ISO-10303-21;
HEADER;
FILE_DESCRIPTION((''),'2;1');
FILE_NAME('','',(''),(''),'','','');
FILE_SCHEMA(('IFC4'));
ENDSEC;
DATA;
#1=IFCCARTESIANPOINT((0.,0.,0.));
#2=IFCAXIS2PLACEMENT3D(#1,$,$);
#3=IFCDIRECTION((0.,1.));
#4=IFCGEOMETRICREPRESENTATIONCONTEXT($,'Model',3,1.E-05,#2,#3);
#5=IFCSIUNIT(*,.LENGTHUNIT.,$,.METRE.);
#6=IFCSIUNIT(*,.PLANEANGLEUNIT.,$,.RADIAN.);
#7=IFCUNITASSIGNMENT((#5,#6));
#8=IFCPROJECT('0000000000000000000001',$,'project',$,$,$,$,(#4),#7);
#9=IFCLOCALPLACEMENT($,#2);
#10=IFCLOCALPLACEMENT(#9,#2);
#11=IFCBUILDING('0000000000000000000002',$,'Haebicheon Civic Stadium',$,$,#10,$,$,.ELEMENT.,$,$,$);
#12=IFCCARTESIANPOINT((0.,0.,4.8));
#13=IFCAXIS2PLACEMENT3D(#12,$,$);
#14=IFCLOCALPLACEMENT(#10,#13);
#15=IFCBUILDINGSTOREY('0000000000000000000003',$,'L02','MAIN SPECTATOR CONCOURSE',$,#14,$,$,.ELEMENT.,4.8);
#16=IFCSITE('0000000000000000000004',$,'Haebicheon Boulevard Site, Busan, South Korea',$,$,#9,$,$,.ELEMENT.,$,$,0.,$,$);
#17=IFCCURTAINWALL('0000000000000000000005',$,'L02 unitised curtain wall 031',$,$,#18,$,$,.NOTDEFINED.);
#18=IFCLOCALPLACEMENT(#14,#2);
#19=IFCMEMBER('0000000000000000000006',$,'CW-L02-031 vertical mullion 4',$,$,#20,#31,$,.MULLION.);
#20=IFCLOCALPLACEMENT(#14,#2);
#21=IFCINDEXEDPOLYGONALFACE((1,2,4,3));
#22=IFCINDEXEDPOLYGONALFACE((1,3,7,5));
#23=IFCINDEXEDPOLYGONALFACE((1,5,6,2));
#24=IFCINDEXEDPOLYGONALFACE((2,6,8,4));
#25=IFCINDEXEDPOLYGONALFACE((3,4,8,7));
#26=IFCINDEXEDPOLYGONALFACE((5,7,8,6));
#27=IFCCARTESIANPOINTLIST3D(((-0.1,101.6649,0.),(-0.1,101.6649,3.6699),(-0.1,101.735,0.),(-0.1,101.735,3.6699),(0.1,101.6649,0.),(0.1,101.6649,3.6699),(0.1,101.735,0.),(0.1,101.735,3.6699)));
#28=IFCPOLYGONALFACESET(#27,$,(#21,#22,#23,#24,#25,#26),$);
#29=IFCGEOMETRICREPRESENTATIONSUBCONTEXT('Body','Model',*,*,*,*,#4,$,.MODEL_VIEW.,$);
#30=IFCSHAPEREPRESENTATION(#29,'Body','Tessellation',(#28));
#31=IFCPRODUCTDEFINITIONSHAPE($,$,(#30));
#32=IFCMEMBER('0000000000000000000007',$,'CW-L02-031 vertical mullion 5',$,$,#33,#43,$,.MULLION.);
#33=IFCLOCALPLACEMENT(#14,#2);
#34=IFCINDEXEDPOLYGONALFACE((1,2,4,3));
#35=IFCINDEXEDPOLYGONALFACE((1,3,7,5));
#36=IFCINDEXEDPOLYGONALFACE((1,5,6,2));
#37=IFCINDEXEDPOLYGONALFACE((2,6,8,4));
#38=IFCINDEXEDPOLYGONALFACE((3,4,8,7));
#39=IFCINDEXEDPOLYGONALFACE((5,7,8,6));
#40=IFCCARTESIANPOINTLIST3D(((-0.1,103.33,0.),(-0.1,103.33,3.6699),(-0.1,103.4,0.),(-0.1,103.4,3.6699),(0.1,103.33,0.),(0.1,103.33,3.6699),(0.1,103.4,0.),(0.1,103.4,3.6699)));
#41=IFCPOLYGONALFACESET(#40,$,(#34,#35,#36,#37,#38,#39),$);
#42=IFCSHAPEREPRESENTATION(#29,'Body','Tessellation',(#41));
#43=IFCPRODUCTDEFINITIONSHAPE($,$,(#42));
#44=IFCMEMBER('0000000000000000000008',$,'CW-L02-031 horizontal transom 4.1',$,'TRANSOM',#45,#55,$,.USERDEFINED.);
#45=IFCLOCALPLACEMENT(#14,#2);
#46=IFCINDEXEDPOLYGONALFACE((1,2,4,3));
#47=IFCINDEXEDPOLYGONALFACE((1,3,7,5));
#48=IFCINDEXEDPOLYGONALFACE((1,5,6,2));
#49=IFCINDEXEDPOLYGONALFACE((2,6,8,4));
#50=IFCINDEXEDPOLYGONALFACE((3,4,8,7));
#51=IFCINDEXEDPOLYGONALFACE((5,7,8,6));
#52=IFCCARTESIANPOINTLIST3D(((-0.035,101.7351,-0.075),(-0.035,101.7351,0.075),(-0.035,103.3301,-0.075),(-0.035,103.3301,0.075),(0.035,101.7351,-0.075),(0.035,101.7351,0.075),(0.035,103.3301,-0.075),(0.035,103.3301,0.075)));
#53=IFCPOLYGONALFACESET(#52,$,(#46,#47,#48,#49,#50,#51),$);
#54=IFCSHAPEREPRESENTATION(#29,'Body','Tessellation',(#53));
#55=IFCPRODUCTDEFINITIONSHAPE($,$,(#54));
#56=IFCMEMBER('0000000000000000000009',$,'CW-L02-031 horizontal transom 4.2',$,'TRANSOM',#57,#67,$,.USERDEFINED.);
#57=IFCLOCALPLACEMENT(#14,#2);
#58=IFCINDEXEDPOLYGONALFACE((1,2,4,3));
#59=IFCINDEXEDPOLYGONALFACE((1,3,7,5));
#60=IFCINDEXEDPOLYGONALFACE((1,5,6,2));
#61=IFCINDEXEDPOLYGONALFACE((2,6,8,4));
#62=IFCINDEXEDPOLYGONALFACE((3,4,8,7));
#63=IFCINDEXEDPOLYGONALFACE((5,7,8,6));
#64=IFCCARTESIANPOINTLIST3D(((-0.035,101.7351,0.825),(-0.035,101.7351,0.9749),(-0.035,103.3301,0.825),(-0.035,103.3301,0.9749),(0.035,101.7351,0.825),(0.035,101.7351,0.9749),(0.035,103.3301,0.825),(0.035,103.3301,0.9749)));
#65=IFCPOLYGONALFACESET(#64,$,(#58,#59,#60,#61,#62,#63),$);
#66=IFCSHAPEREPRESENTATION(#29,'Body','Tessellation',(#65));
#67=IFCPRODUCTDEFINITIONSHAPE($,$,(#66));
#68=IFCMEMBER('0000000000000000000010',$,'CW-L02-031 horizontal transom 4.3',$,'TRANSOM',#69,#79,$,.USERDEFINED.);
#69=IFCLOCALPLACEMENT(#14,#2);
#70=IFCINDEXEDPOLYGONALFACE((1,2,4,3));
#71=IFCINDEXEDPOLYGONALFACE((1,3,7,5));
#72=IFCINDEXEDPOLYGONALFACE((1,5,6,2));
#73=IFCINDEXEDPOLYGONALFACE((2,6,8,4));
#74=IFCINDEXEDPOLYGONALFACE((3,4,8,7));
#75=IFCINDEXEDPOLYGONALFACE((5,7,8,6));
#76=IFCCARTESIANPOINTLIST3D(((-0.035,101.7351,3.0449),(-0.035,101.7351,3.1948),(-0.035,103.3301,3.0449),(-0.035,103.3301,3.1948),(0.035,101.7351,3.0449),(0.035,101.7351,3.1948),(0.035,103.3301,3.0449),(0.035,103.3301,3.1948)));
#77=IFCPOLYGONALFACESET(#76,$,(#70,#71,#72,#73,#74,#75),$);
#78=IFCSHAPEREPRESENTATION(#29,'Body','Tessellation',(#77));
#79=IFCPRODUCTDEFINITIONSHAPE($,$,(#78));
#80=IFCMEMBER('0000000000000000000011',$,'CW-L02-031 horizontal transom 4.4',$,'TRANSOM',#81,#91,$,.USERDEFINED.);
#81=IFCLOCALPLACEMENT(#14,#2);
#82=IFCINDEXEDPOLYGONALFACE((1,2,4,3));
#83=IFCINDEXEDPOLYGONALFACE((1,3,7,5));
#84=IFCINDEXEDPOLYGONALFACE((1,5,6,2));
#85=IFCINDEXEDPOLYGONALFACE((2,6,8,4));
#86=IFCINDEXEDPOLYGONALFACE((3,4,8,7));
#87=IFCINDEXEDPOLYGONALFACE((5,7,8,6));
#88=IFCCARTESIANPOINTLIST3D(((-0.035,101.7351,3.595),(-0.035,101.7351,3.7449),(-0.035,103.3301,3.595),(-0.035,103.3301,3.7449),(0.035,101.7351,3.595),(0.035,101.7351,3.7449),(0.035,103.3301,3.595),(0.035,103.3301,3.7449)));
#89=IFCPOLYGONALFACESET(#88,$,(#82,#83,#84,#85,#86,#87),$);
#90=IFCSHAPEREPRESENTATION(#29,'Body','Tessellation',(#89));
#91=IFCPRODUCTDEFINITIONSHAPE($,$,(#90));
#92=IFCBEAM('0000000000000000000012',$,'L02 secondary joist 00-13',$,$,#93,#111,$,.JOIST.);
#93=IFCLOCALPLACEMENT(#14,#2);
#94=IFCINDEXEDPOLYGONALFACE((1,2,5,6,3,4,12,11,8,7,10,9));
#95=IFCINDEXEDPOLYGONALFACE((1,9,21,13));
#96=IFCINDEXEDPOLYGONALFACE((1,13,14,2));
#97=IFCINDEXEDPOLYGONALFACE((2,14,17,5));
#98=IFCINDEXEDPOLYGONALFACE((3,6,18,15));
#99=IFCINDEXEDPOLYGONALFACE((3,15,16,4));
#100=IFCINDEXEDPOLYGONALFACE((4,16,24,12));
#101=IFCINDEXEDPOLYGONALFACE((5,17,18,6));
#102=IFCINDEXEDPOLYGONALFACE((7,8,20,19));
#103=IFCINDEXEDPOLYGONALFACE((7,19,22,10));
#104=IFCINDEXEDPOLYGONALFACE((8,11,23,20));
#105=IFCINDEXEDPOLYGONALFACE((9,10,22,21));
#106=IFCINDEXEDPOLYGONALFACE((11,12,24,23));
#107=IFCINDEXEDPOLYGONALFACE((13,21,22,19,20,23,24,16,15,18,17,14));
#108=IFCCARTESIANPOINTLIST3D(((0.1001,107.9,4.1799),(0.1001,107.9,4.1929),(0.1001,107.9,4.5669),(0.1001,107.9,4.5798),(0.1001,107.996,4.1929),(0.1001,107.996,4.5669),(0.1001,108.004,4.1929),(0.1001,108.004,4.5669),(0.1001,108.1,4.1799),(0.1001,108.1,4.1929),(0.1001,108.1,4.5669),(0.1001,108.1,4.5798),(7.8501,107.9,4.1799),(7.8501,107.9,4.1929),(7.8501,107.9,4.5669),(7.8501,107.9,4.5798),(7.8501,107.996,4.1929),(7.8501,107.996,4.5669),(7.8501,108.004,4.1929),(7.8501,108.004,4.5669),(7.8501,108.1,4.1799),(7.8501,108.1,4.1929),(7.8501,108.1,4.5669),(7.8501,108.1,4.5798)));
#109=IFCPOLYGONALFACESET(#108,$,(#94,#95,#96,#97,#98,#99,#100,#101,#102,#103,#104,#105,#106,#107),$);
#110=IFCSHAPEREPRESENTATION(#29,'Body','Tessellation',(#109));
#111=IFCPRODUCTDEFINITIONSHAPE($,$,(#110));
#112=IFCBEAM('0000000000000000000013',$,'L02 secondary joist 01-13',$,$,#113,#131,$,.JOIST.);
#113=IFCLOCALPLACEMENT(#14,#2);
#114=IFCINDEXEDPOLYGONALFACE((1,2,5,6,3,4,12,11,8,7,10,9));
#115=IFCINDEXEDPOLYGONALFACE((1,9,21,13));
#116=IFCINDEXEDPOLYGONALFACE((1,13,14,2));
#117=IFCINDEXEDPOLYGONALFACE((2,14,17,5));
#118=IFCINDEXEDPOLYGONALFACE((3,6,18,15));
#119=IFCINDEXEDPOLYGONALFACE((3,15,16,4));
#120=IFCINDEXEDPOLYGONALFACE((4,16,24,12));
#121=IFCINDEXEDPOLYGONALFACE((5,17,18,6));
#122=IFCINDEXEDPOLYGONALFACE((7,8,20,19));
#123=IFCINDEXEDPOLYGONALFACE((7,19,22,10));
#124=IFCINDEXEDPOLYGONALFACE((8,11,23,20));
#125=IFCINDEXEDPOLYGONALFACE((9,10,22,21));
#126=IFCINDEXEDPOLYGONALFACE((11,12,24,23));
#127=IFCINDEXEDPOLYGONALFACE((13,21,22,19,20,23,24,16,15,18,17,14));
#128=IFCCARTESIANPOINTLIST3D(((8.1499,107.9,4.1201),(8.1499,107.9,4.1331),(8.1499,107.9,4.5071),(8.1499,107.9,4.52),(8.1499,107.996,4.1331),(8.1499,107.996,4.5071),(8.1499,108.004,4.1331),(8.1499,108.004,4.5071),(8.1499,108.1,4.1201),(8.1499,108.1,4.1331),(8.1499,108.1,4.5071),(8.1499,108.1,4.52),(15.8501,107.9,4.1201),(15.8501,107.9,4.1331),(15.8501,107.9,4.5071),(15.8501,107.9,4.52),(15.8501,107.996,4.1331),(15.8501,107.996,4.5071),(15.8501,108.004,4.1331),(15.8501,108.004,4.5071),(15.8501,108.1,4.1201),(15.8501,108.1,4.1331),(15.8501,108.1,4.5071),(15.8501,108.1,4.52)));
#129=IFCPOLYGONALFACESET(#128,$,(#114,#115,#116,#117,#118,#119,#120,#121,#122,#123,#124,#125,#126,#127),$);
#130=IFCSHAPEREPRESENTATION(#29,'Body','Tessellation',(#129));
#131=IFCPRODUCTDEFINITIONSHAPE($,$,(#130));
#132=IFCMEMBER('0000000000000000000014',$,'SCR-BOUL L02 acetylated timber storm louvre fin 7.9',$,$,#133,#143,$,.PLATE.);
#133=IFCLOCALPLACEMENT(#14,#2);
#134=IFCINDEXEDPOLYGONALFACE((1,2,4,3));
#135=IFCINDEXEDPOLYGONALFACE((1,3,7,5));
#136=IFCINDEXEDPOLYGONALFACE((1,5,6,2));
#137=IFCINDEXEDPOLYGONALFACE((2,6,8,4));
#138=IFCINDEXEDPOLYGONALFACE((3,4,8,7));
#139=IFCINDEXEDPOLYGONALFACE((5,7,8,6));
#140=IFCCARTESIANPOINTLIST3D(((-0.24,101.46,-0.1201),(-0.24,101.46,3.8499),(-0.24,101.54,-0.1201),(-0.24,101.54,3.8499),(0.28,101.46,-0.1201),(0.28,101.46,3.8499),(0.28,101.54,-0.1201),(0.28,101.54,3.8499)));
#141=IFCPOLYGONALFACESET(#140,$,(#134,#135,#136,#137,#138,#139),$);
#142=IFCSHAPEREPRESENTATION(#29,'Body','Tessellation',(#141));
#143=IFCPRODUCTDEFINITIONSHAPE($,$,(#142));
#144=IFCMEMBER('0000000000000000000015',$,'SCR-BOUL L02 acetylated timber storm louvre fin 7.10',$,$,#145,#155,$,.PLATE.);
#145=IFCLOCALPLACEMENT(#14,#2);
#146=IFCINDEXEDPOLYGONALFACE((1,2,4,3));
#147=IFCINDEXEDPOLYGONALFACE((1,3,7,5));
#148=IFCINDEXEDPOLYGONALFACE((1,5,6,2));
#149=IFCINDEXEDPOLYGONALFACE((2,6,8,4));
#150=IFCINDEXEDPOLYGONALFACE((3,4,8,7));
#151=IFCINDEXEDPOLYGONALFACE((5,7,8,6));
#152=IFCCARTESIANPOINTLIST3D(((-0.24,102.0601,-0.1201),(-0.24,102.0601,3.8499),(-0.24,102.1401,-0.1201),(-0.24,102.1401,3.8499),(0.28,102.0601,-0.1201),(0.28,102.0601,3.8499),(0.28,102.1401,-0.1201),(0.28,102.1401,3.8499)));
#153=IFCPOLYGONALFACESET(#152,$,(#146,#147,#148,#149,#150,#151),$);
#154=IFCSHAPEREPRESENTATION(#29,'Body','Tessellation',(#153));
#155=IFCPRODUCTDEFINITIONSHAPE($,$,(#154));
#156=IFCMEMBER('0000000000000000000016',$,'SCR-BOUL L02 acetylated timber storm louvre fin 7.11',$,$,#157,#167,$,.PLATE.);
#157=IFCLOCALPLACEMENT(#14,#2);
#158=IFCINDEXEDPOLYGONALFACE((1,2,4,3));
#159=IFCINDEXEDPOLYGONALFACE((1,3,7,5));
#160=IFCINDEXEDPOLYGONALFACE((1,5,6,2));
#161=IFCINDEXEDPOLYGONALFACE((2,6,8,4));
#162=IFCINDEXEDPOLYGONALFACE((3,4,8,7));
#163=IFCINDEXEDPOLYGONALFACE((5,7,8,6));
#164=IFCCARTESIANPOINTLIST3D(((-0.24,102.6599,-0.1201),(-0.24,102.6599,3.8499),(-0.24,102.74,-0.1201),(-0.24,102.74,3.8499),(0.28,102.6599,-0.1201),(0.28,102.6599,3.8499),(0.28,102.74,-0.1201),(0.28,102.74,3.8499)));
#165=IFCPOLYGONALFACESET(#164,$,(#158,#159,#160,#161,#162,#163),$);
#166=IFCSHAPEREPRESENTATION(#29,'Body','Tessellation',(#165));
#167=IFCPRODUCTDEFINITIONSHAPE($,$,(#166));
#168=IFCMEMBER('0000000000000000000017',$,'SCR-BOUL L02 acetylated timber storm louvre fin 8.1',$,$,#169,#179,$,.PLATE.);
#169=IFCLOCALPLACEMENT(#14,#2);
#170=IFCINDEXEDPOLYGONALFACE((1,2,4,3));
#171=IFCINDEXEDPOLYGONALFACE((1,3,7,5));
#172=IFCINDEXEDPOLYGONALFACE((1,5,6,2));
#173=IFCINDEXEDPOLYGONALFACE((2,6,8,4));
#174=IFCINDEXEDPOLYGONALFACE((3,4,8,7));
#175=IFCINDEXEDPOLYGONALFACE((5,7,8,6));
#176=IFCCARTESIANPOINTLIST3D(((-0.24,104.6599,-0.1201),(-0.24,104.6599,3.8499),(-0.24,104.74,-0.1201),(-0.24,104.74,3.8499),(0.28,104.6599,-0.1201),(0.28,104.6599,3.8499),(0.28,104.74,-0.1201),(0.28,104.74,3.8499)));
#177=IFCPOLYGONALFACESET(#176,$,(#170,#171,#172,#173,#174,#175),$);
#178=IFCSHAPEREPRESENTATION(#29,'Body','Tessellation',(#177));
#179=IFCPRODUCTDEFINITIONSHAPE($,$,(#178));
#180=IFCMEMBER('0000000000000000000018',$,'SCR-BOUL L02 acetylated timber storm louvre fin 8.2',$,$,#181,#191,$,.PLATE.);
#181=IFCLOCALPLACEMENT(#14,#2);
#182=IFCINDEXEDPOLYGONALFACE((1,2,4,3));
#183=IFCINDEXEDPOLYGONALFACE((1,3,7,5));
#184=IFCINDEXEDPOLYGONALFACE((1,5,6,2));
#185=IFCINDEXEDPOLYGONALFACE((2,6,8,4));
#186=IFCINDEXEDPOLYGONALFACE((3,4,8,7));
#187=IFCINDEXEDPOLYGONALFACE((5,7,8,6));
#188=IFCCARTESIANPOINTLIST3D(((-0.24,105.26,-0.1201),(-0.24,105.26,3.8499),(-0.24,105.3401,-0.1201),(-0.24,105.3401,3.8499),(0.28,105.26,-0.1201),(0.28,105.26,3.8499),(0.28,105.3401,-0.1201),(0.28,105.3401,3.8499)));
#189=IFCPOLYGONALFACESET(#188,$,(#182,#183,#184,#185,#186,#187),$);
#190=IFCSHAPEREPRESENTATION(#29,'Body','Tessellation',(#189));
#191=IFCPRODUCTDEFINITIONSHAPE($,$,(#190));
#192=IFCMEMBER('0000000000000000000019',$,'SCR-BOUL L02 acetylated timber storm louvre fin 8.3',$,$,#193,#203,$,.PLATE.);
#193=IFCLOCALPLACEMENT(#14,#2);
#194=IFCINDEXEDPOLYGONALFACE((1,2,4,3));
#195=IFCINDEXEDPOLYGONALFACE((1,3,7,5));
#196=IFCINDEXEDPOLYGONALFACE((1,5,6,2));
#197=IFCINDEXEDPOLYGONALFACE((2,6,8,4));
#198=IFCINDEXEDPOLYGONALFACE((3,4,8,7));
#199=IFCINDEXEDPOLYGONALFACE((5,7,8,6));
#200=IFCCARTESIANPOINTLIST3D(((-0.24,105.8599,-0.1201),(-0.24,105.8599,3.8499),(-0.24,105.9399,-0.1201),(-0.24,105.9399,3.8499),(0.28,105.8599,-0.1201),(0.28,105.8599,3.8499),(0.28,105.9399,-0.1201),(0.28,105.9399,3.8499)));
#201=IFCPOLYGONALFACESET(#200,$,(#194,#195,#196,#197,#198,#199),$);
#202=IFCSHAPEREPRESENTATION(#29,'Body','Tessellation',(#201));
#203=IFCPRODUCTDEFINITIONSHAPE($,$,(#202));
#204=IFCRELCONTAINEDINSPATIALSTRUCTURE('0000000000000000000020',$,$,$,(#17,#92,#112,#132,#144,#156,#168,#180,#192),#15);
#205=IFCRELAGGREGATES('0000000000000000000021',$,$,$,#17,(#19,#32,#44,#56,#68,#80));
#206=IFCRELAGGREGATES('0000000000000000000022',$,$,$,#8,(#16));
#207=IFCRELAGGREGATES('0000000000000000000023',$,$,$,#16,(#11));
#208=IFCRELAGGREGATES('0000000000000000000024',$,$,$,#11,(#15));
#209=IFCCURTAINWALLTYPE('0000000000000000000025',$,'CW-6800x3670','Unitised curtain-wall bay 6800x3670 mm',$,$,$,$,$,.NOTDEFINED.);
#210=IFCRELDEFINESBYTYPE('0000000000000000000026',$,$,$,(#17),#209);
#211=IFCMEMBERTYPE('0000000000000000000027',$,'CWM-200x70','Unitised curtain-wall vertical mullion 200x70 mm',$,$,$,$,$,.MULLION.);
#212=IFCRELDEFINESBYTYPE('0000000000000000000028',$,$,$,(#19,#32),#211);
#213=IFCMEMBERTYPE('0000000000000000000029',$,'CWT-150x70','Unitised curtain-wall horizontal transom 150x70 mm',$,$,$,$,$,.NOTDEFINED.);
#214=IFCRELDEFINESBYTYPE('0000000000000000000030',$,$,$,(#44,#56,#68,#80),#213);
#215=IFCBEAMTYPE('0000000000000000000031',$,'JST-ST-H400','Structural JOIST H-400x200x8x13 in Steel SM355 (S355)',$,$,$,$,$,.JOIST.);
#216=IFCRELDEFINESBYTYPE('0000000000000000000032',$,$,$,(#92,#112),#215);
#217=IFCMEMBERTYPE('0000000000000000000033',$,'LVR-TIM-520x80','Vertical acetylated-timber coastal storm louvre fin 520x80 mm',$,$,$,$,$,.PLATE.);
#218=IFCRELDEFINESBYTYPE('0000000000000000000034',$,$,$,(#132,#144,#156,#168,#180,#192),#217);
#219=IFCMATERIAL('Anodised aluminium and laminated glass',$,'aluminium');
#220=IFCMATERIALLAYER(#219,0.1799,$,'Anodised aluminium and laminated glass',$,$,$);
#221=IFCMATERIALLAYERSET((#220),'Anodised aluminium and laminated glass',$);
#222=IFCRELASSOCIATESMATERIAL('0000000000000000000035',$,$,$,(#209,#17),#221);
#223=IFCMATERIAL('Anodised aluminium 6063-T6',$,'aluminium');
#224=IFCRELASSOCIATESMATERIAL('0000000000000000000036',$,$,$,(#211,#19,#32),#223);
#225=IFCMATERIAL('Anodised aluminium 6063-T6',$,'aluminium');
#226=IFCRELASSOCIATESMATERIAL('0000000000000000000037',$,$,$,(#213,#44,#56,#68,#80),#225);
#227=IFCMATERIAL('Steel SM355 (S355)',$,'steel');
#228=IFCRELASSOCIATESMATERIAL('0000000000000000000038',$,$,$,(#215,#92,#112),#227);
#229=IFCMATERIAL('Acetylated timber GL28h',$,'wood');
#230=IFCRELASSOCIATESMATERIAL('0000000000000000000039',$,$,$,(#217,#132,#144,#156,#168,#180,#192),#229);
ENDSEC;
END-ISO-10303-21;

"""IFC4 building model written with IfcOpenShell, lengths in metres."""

from ifc_helpers import new_model, si_unit, direction, frame, origin, origin_2d, place, context, subcontext, project, spatial, rectangle, i_section, extrude, material, layer, layer_set, material_profile, profile_set, type_object, element, aggregate, save


model = new_model("IFC4")

# Units and contexts
model_context = context("Model", 3, precision=1e-05, world=origin(), true_north=direction((0.0, 1.0)))
body_context = subcontext(model_context, "Body", "Model", "MODEL_VIEW")
ifc_project = project(units=[si_unit("LENGTHUNIT", "METRE"), si_unit("PLANEANGLEUNIT", "RADIAN")], contexts=[model_context])

# Site, building, storey
site_placement = place(None, origin())
site = spatial("IfcSite", under=ifc_project, at=site_placement, Name="Haebicheon Boulevard Site, Busan, South Korea", CompositionType="ELEMENT", RefElevation=0.0)
building_placement = place(site_placement, origin())
building = spatial("IfcBuilding", under=site, at=building_placement, Name="Haebicheon Civic Stadium", CompositionType="ELEMENT")
storey_placement = place(building_placement, frame((0.0, 0.0, 4.8)))
storey = spatial("IfcBuildingStorey", under=building, at=storey_placement, Name="L02", Description="MAIN SPECTATOR CONCOURSE", CompositionType="ELEMENT", Elevation=4.8)

# Curtain wall, members
ifc_material_1 = material(Name="Anodised aluminium and laminated glass", Category="aluminium")
ifc_layer_1 = layer(ifc_material_1, 0.1799, Name="Anodised aluminium and laminated glass")
ifc_layer_set_1 = layer_set([ifc_layer_1], Name="Anodised aluminium and laminated glass")
curtain_wall_type = type_object("IfcCurtainWallType", Name="CW-6800x3670", Description="Unitised curtain-wall bay 6800x3670 mm", PredefinedType="NOTDEFINED", material=ifc_layer_set_1)
curtain_wall_placement = place(storey_placement, origin())
curtain_wall = element("IfcCurtainWall", 1, at=curtain_wall_placement, inside=storey, type_object=curtain_wall_type, material=ifc_layer_set_1, Name="L02 unitised curtain wall 031", PredefinedType="NOTDEFINED")
ifc_material_2 = material(Name="Anodised aluminium 6063-T6", Category="aluminium")
ifc_material_profile_1 = material_profile(ifc_material_2, rectangle(XDim=0.0701, YDim=0.2, at=origin_2d()), Name="ALU-MULL-70x200")
ifc_profile_set_1 = profile_set([ifc_material_profile_1], Name="Anodised aluminium 6063-T6")
member_type_1 = type_object("IfcMemberType", Name="CWM-200x70", Description="Unitised curtain-wall vertical mullion 200x70 mm", PredefinedType="MULLION", material=ifc_profile_set_1)
member_1_placement = place(storey_placement, frame((0.0, 101.7, 0.0), z_axis=(0.0, 0.0, 1.0), x_axis=(0.0, 1.0, 0.0)))
member_1 = element("IfcMember", 2, at=member_1_placement, type_object=member_type_1, material=ifc_profile_set_1, Name="CW-L02-031 vertical mullion 4", PredefinedType="MULLION", context=body_context, shape_type="SweptSolid", body=[
    extrude(rectangle(XDim=0.0701, YDim=0.2, at=origin_2d()), origin(), (0.0, 0.0, 1.0), 3.6699),
])
member_2_placement = place(storey_placement, frame((0.0, 103.365, 0.0), z_axis=(0.0, 0.0, 1.0), x_axis=(0.0, 1.0, 0.0)))
member_2 = element("IfcMember", 3, at=member_2_placement, type_object=member_type_1, material=ifc_profile_set_1, Name="CW-L02-031 vertical mullion 5", PredefinedType="MULLION", context=body_context, shape_type="SweptSolid", body=[
    extrude(rectangle(XDim=0.0701, YDim=0.2, at=origin_2d()), origin(), (0.0, 0.0, 1.0), 3.6699),
])
ifc_material_3 = material(Name="Anodised aluminium 6063-T6", Category="aluminium")
ifc_material_profile_2 = material_profile(ifc_material_3, rectangle(XDim=0.0701, YDim=0.1499, at=origin_2d()), Name="ALU-TRAN-70x150")
ifc_profile_set_2 = profile_set([ifc_material_profile_2], Name="Anodised aluminium 6063-T6")
member_type_2 = type_object("IfcMemberType", Name="CWT-150x70", Description="Unitised curtain-wall horizontal transom 150x70 mm", PredefinedType="NOTDEFINED", material=ifc_profile_set_2)
member_3_placement = place(storey_placement, frame((0.0, 101.7351, 0.0), z_axis=(0.0, 1.0, 0.0), x_axis=(-1.0, 0.0, 0.0)))
member_3 = element("IfcMember", 4, at=member_3_placement, type_object=member_type_2, material=ifc_profile_set_2, Name="CW-L02-031 horizontal transom 4.1", ObjectType="TRANSOM", PredefinedType="USERDEFINED", context=body_context, shape_type="SweptSolid", body=[
    extrude(rectangle(XDim=0.0701, YDim=0.1499, at=origin_2d()), origin(), (0.0, 0.0, 1.0), 1.595),
])
member_4_placement = place(storey_placement, frame((0.0, 101.7351, 0.8999), z_axis=(0.0, 1.0, 0.0), x_axis=(-1.0, 0.0, 0.0)))
member_4 = element("IfcMember", 5, at=member_4_placement, type_object=member_type_2, material=ifc_profile_set_2, Name="CW-L02-031 horizontal transom 4.2", ObjectType="TRANSOM", PredefinedType="USERDEFINED", context=body_context, shape_type="SweptSolid", body=[
    extrude(rectangle(XDim=0.0701, YDim=0.1499, at=origin_2d()), origin(), (0.0, 0.0, 1.0), 1.595),
])
member_5_placement = place(storey_placement, frame((0.0, 101.7351, 3.1199), z_axis=(0.0, 1.0, 0.0), x_axis=(-1.0, 0.0, 0.0)))
member_5 = element("IfcMember", 6, at=member_5_placement, type_object=member_type_2, material=ifc_profile_set_2, Name="CW-L02-031 horizontal transom 4.3", ObjectType="TRANSOM", PredefinedType="USERDEFINED", context=body_context, shape_type="SweptSolid", body=[
    extrude(rectangle(XDim=0.0701, YDim=0.1499, at=origin_2d()), origin(), (0.0, 0.0, 1.0), 1.595),
])
member_6_placement = place(storey_placement, frame((0.0, 101.7351, 3.6699), z_axis=(0.0, 1.0, 0.0), x_axis=(-1.0, 0.0, 0.0)))
member_6 = element("IfcMember", 7, at=member_6_placement, type_object=member_type_2, material=ifc_profile_set_2, Name="CW-L02-031 horizontal transom 4.4", ObjectType="TRANSOM", PredefinedType="USERDEFINED", context=body_context, shape_type="SweptSolid", body=[
    extrude(rectangle(XDim=0.0701, YDim=0.1499, at=origin_2d()), origin(), (0.0, 0.0, 1.0), 1.595),
])

# Beams
ifc_material_4 = material(Name="Steel SM355 (S355)", Category="steel")
ifc_material_profile_3 = material_profile(ifc_material_4, i_section(OverallWidth=0.2, OverallDepth=0.3999, WebThickness=0.0081, FlangeThickness=0.0129, at=origin_2d()), Name="H-400x200x8x13")
ifc_profile_set_3 = profile_set([ifc_material_profile_3], Name="Steel SM355 (S355)")
beam_type_1 = type_object("IfcBeamType", Name="JST-ST-H400", Description="Structural JOIST H-400x200x8x13 in Steel SM355 (S355)", PredefinedType="JOIST", material=ifc_profile_set_3)
beam_1_placement = place(storey_placement, frame((0.1001, 108.0, 4.3799), z_axis=(1.0, 0.0, 0.0), x_axis=(0.0, 1.0, 0.0)))
element("IfcBeam", 8, at=beam_1_placement, inside=storey, type_object=beam_type_1, material=ifc_profile_set_3, Name="L02 secondary joist 00-13", PredefinedType="JOIST", context=body_context, shape_type="SweptSolid", body=[
    extrude(i_section(OverallWidth=0.2, OverallDepth=0.3999, WebThickness=0.0081, FlangeThickness=0.0129, at=origin_2d()), origin(), (0.0, 0.0, 1.0), 7.75),
])
beam_2_placement = place(storey_placement, frame((8.1499, 108.0, 4.3201), z_axis=(1.0, 0.0, 0.0), x_axis=(0.0, 1.0, 0.0)))
element("IfcBeam", 9, at=beam_2_placement, inside=storey, type_object=beam_type_1, material=ifc_profile_set_3, Name="L02 secondary joist 01-13", PredefinedType="JOIST", context=body_context, shape_type="SweptSolid", body=[
    extrude(i_section(OverallWidth=0.2, OverallDepth=0.3999, WebThickness=0.0081, FlangeThickness=0.0129, at=origin_2d()), origin(), (0.0, 0.0, 1.0), 7.7002),
])

# Members
ifc_material_5 = material(Name="Acetylated timber GL28h", Category="wood")
ifc_material_profile_4 = material_profile(ifc_material_5, rectangle(XDim=0.0801, YDim=0.52, at=origin_2d()), Name="TMB-LOUV-80x520")
ifc_profile_set_4 = profile_set([ifc_material_profile_4], Name="Acetylated timber GL28h")
member_type_3 = type_object("IfcMemberType", Name="LVR-TIM-520x80", Description="Vertical acetylated-timber coastal storm louvre fin 520x80 mm", PredefinedType="PLATE", material=ifc_profile_set_4)
for number, where, z_axis, x_axis, name in (
    (10, (0.02, 101.5, -0.1201), (0.0, 0.0, 1.0), (0.0, 1.0, 0.0), "SCR-BOUL L02 acetylated timber storm louvre fin 7.9"),
    (11, (0.02, 102.1001, -0.1201), (0.0, 0.0, 1.0), (0.0, 1.0, 0.0), "SCR-BOUL L02 acetylated timber storm louvre fin 7.10"),
    (12, (0.02, 102.7, -0.1201), (0.0, 0.0, 1.0), (0.0, 1.0, 0.0), "SCR-BOUL L02 acetylated timber storm louvre fin 7.11"),
    (13, (0.02, 104.7, -0.1201), (0.0, 0.0, 1.0), (0.0, 1.0, 0.0), "SCR-BOUL L02 acetylated timber storm louvre fin 8.1"),
    (14, (0.02, 105.3, -0.1201), (0.0, 0.0, 1.0), (0.0, 1.0, 0.0), "SCR-BOUL L02 acetylated timber storm louvre fin 8.2"),
    (15, (0.02, 105.8999, -0.1201), (0.0, 0.0, 1.0), (0.0, 1.0, 0.0), "SCR-BOUL L02 acetylated timber storm louvre fin 8.3"),
):
    element("IfcMember", number, at=place(storey_placement, frame(where, z_axis=z_axis, x_axis=x_axis)), inside=storey, type_object=member_type_3, material=ifc_profile_set_4, Name=name, PredefinedType="PLATE", context=body_context, shape_type="SweptSolid", body=[
        extrude(rectangle(XDim=0.0801, YDim=0.52, at=origin_2d()), origin(), (0.0, 0.0, 1.0), 3.97),
    ])

aggregate(curtain_wall, [member_1, member_2, member_3, member_4, member_5, member_6])

save(model, "model.ifc")
